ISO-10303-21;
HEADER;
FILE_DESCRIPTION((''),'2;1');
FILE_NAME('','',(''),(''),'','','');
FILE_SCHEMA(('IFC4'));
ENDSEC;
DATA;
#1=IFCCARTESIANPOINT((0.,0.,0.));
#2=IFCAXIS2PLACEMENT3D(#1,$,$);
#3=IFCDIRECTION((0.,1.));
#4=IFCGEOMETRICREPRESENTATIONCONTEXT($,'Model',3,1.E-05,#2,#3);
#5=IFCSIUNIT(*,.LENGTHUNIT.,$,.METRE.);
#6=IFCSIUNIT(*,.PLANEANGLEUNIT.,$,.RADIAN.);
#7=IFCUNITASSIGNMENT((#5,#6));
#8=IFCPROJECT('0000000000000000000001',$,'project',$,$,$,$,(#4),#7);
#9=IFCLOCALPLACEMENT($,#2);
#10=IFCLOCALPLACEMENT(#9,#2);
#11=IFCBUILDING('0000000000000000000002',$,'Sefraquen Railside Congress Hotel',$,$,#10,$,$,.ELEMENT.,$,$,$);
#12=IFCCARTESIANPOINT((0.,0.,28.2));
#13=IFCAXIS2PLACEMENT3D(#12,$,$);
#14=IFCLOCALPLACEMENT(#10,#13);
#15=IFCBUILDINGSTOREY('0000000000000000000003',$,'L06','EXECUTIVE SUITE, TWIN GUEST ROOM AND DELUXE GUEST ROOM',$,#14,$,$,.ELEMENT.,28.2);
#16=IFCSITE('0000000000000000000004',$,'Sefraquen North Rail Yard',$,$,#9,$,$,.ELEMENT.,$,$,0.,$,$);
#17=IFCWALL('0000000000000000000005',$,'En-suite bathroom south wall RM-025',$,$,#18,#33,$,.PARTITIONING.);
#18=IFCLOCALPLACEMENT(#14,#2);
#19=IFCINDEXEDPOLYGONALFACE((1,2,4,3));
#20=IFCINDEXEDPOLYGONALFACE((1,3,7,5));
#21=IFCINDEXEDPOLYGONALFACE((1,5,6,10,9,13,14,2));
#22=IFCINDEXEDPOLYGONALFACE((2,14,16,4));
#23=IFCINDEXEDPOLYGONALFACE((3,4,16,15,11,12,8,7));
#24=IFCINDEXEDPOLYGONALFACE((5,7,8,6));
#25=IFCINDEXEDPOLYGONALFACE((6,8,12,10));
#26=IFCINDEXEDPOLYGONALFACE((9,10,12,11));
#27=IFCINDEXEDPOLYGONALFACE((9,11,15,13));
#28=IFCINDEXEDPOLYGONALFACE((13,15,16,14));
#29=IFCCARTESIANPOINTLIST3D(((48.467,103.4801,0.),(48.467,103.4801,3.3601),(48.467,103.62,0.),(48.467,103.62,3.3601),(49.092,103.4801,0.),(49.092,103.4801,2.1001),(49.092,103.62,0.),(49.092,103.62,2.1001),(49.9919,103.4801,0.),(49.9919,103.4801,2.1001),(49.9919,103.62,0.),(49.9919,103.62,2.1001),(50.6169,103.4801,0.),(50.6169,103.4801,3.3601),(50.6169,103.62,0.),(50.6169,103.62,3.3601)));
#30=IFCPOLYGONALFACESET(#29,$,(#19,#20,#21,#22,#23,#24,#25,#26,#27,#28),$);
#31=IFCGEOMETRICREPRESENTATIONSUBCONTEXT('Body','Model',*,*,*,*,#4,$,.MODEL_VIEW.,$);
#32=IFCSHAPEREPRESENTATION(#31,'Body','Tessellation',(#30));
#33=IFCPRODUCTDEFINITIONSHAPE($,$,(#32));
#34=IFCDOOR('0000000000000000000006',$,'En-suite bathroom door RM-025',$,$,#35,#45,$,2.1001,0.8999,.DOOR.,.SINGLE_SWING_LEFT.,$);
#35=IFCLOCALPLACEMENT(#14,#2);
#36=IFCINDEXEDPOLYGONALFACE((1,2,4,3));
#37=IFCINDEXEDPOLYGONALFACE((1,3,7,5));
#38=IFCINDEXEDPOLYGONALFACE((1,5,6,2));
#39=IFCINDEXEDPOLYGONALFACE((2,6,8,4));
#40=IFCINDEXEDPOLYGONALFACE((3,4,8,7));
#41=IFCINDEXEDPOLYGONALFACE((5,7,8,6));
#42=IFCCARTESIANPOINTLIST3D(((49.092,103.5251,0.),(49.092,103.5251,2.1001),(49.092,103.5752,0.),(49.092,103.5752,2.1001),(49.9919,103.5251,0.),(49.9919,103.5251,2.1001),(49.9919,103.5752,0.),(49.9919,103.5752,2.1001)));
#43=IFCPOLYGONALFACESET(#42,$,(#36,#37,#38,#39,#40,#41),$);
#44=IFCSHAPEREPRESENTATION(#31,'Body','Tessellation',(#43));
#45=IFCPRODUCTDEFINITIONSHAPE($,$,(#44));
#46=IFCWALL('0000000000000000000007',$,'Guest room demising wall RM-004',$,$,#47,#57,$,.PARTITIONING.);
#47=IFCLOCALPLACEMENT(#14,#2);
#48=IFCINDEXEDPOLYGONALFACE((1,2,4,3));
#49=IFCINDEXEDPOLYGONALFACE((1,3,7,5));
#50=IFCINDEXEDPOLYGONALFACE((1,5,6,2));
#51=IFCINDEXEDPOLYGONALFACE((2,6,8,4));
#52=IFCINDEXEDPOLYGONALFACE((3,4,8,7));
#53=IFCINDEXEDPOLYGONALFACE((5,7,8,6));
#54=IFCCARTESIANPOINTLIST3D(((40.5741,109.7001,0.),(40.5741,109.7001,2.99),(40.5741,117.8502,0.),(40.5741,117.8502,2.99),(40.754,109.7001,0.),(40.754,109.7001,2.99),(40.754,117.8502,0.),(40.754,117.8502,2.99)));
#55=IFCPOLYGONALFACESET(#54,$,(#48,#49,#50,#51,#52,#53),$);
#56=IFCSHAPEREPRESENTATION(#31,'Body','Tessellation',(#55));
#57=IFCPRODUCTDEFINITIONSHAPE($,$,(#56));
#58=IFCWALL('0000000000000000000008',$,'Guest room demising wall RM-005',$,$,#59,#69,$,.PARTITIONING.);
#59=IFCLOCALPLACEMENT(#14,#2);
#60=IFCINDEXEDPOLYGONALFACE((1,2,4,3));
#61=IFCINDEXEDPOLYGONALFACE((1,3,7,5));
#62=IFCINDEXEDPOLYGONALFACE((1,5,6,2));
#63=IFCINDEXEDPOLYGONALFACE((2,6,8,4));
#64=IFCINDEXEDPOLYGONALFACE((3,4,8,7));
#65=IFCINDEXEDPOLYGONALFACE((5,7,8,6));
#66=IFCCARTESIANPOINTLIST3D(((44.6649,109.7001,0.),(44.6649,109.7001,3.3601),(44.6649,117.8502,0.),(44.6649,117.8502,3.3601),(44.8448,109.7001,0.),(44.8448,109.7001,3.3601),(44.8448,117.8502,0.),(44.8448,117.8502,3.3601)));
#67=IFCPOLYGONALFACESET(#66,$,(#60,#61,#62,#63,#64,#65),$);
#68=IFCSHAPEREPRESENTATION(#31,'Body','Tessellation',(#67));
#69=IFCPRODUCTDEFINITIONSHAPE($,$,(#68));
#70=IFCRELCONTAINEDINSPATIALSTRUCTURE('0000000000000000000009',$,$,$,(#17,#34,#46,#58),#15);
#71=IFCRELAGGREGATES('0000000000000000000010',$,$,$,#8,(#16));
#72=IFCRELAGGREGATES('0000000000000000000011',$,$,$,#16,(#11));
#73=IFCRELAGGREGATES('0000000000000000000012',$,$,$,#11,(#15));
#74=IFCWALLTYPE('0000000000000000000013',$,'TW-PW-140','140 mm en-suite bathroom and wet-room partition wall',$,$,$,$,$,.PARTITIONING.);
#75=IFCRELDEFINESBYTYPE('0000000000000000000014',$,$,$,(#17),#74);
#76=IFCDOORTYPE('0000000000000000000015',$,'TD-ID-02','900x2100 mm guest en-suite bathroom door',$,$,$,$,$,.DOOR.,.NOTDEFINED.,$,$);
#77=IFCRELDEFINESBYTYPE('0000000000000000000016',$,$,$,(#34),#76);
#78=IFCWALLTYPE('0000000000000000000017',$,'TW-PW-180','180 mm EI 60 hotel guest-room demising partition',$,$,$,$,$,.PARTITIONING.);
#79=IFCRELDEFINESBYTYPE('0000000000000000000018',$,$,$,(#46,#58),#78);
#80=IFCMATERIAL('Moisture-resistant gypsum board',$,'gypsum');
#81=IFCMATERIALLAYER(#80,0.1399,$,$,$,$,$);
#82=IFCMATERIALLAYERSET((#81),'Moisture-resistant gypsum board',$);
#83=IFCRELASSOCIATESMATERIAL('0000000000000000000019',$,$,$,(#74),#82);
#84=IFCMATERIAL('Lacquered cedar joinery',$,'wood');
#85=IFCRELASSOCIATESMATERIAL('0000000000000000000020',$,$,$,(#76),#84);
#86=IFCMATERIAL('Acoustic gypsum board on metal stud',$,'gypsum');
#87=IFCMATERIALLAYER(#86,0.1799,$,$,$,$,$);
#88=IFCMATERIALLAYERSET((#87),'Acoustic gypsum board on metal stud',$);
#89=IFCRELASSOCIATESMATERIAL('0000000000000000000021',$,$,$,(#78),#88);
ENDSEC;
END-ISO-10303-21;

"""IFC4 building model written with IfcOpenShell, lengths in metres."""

from ifc_helpers import new_model, si_unit, direction, frame, frame_2d, origin, place, context, subcontext, project, spatial, rectangle, extrude, material, layer, layer_set, type_object, element, fill, save


model = new_model("IFC4")

# Units and contexts
model_context = context("Model", 3, precision=1e-05, world=origin(), true_north=direction((0.0, 1.0)))
body_context = subcontext(model_context, "Body", "Model", "MODEL_VIEW")
ifc_project = project(units=[si_unit("LENGTHUNIT", "METRE"), si_unit("PLANEANGLEUNIT", "RADIAN")], contexts=[model_context])

# Site, building, storey
site_placement = place(None, origin())
site = spatial("IfcSite", under=ifc_project, at=site_placement, Name="Sefraquen North Rail Yard", CompositionType="ELEMENT", RefElevation=0.0)
building_placement = place(site_placement, origin())
building = spatial("IfcBuilding", under=site, at=building_placement, Name="Sefraquen Railside Congress Hotel", CompositionType="ELEMENT")
storey_placement = place(building_placement, frame((0.0, 0.0, 28.2)))
storey = spatial("IfcBuildingStorey", under=building, at=storey_placement, Name="L06", Description="EXECUTIVE SUITE, TWIN GUEST ROOM AND DELUXE GUEST ROOM", CompositionType="ELEMENT", Elevation=28.2)

# Shared definitions
ifc_material_1 = material(Name="Moisture-resistant gypsum board", Category="gypsum")
ifc_layer_1 = layer(ifc_material_1, 0.1399)
ifc_layer_set_1 = layer_set([ifc_layer_1], Name="Moisture-resistant gypsum board")
wall_type_1 = type_object("IfcWallType", Name="TW-PW-140", Description="140 mm en-suite bathroom and wet-room partition wall", PredefinedType="PARTITIONING", material=ifc_layer_set_1)

# Shared definitions
ifc_material_2 = material(Name="Lacquered cedar joinery", Category="wood")
door_type_1 = type_object("IfcDoorType", Name="TD-ID-02", Description="900x2100 mm guest en-suite bathroom door", OperationType="NOTDEFINED", PredefinedType="DOOR", material=ifc_material_2)

# Wall, opening, door
wall_1_placement = place(storey_placement, frame((48.467, 103.55, 0.0), z_axis=(0.0, 0.0, 1.0), x_axis=(1.0, 0.0, 0.0)))
wall_1 = element("IfcWall", 1, at=wall_1_placement, inside=storey, type_object=wall_type_1, Name="En-suite bathroom south wall RM-025", PredefinedType="PARTITIONING", context=body_context, shape_type="SweptSolid", body=[
    extrude(rectangle(XDim=2.1499, YDim=0.1399, at=frame_2d((1.075, 0.0))), origin(), (0.0, 0.0, 1.0), 3.3601),
])
opening_1_placement = place(wall_1_placement, frame((0.625, 0.0, 0.0)))
opening_1 = element("IfcOpeningElement", 2, at=opening_1_placement, cuts=wall_1, PredefinedType="OPENING", context=body_context, shape_type="SweptSolid", body=[
    extrude(rectangle(XDim=0.8999, YDim=2.1001, at=frame_2d((0.45, 1.05))), frame((0.0, 0.0798, 0.0), z_axis=(0.0, -1.0, 0.0), x_axis=(1.0, 0.0, 0.0)), (0.0, 0.0, 1.0), 0.1599),
])
door_1_placement = place(opening_1_placement, frame((0.8999, 0.0, 0.0), z_axis=(0.0, 0.0, 1.0), x_axis=(-1.0, 0.0, 0.0)))
door_1 = element("IfcDoor", 3, at=door_1_placement, inside=storey, type_object=door_type_1, Name="En-suite bathroom door RM-025", OperationType="SINGLE_SWING_LEFT", OverallHeight=2.1001, OverallWidth=0.8999, PredefinedType="DOOR", context=body_context, shape_type="SweptSolid", body=[
    extrude(rectangle(XDim=0.8999, YDim=2.1001, at=frame_2d((0.45, 1.05))), frame((0.0, 0.0249, 0.0), z_axis=(0.0, -1.0, 0.0), x_axis=(1.0, 0.0, 0.0)), (0.0, 0.0, 1.0), 0.05),
])
fill(opening_1, door_1)

# Walls
ifc_material_3 = material(Name="Acoustic gypsum board on metal stud", Category="gypsum")
ifc_layer_2 = layer(ifc_material_3, 0.1799)
ifc_layer_set_2 = layer_set([ifc_layer_2], Name="Acoustic gypsum board on metal stud")
wall_type_2 = type_object("IfcWallType", Name="TW-PW-180", Description="180 mm EI 60 hotel guest-room demising partition", PredefinedType="PARTITIONING", material=ifc_layer_set_2)
wall_2_placement = place(storey_placement, frame((40.6641, 109.7, 0.0), z_axis=(0.0, 0.0, 1.0), x_axis=(0.0, 1.0, 0.0)))
element("IfcWall", 4, at=wall_2_placement, inside=storey, type_object=wall_type_2, Name="Guest room demising wall RM-004", PredefinedType="PARTITIONING", context=body_context, shape_type="SweptSolid", body=[
    extrude(rectangle(XDim=8.1501, YDim=0.1799, at=frame_2d((4.0752, 0.0))), origin(), (0.0, 0.0, 1.0), 2.99),
])
wall_3_placement = place(storey_placement, frame((44.7549, 109.7, 0.0), z_axis=(0.0, 0.0, 1.0), x_axis=(0.0, 1.0, 0.0)))
element("IfcWall", 5, at=wall_3_placement, inside=storey, type_object=wall_type_2, Name="Guest room demising wall RM-005", PredefinedType="PARTITIONING", context=body_context, shape_type="SweptSolid", body=[
    extrude(rectangle(XDim=8.1501, YDim=0.1799, at=frame_2d((4.0752, 0.0))), origin(), (0.0, 0.0, 1.0), 3.3601),
])

save(model, "model.ifc")
